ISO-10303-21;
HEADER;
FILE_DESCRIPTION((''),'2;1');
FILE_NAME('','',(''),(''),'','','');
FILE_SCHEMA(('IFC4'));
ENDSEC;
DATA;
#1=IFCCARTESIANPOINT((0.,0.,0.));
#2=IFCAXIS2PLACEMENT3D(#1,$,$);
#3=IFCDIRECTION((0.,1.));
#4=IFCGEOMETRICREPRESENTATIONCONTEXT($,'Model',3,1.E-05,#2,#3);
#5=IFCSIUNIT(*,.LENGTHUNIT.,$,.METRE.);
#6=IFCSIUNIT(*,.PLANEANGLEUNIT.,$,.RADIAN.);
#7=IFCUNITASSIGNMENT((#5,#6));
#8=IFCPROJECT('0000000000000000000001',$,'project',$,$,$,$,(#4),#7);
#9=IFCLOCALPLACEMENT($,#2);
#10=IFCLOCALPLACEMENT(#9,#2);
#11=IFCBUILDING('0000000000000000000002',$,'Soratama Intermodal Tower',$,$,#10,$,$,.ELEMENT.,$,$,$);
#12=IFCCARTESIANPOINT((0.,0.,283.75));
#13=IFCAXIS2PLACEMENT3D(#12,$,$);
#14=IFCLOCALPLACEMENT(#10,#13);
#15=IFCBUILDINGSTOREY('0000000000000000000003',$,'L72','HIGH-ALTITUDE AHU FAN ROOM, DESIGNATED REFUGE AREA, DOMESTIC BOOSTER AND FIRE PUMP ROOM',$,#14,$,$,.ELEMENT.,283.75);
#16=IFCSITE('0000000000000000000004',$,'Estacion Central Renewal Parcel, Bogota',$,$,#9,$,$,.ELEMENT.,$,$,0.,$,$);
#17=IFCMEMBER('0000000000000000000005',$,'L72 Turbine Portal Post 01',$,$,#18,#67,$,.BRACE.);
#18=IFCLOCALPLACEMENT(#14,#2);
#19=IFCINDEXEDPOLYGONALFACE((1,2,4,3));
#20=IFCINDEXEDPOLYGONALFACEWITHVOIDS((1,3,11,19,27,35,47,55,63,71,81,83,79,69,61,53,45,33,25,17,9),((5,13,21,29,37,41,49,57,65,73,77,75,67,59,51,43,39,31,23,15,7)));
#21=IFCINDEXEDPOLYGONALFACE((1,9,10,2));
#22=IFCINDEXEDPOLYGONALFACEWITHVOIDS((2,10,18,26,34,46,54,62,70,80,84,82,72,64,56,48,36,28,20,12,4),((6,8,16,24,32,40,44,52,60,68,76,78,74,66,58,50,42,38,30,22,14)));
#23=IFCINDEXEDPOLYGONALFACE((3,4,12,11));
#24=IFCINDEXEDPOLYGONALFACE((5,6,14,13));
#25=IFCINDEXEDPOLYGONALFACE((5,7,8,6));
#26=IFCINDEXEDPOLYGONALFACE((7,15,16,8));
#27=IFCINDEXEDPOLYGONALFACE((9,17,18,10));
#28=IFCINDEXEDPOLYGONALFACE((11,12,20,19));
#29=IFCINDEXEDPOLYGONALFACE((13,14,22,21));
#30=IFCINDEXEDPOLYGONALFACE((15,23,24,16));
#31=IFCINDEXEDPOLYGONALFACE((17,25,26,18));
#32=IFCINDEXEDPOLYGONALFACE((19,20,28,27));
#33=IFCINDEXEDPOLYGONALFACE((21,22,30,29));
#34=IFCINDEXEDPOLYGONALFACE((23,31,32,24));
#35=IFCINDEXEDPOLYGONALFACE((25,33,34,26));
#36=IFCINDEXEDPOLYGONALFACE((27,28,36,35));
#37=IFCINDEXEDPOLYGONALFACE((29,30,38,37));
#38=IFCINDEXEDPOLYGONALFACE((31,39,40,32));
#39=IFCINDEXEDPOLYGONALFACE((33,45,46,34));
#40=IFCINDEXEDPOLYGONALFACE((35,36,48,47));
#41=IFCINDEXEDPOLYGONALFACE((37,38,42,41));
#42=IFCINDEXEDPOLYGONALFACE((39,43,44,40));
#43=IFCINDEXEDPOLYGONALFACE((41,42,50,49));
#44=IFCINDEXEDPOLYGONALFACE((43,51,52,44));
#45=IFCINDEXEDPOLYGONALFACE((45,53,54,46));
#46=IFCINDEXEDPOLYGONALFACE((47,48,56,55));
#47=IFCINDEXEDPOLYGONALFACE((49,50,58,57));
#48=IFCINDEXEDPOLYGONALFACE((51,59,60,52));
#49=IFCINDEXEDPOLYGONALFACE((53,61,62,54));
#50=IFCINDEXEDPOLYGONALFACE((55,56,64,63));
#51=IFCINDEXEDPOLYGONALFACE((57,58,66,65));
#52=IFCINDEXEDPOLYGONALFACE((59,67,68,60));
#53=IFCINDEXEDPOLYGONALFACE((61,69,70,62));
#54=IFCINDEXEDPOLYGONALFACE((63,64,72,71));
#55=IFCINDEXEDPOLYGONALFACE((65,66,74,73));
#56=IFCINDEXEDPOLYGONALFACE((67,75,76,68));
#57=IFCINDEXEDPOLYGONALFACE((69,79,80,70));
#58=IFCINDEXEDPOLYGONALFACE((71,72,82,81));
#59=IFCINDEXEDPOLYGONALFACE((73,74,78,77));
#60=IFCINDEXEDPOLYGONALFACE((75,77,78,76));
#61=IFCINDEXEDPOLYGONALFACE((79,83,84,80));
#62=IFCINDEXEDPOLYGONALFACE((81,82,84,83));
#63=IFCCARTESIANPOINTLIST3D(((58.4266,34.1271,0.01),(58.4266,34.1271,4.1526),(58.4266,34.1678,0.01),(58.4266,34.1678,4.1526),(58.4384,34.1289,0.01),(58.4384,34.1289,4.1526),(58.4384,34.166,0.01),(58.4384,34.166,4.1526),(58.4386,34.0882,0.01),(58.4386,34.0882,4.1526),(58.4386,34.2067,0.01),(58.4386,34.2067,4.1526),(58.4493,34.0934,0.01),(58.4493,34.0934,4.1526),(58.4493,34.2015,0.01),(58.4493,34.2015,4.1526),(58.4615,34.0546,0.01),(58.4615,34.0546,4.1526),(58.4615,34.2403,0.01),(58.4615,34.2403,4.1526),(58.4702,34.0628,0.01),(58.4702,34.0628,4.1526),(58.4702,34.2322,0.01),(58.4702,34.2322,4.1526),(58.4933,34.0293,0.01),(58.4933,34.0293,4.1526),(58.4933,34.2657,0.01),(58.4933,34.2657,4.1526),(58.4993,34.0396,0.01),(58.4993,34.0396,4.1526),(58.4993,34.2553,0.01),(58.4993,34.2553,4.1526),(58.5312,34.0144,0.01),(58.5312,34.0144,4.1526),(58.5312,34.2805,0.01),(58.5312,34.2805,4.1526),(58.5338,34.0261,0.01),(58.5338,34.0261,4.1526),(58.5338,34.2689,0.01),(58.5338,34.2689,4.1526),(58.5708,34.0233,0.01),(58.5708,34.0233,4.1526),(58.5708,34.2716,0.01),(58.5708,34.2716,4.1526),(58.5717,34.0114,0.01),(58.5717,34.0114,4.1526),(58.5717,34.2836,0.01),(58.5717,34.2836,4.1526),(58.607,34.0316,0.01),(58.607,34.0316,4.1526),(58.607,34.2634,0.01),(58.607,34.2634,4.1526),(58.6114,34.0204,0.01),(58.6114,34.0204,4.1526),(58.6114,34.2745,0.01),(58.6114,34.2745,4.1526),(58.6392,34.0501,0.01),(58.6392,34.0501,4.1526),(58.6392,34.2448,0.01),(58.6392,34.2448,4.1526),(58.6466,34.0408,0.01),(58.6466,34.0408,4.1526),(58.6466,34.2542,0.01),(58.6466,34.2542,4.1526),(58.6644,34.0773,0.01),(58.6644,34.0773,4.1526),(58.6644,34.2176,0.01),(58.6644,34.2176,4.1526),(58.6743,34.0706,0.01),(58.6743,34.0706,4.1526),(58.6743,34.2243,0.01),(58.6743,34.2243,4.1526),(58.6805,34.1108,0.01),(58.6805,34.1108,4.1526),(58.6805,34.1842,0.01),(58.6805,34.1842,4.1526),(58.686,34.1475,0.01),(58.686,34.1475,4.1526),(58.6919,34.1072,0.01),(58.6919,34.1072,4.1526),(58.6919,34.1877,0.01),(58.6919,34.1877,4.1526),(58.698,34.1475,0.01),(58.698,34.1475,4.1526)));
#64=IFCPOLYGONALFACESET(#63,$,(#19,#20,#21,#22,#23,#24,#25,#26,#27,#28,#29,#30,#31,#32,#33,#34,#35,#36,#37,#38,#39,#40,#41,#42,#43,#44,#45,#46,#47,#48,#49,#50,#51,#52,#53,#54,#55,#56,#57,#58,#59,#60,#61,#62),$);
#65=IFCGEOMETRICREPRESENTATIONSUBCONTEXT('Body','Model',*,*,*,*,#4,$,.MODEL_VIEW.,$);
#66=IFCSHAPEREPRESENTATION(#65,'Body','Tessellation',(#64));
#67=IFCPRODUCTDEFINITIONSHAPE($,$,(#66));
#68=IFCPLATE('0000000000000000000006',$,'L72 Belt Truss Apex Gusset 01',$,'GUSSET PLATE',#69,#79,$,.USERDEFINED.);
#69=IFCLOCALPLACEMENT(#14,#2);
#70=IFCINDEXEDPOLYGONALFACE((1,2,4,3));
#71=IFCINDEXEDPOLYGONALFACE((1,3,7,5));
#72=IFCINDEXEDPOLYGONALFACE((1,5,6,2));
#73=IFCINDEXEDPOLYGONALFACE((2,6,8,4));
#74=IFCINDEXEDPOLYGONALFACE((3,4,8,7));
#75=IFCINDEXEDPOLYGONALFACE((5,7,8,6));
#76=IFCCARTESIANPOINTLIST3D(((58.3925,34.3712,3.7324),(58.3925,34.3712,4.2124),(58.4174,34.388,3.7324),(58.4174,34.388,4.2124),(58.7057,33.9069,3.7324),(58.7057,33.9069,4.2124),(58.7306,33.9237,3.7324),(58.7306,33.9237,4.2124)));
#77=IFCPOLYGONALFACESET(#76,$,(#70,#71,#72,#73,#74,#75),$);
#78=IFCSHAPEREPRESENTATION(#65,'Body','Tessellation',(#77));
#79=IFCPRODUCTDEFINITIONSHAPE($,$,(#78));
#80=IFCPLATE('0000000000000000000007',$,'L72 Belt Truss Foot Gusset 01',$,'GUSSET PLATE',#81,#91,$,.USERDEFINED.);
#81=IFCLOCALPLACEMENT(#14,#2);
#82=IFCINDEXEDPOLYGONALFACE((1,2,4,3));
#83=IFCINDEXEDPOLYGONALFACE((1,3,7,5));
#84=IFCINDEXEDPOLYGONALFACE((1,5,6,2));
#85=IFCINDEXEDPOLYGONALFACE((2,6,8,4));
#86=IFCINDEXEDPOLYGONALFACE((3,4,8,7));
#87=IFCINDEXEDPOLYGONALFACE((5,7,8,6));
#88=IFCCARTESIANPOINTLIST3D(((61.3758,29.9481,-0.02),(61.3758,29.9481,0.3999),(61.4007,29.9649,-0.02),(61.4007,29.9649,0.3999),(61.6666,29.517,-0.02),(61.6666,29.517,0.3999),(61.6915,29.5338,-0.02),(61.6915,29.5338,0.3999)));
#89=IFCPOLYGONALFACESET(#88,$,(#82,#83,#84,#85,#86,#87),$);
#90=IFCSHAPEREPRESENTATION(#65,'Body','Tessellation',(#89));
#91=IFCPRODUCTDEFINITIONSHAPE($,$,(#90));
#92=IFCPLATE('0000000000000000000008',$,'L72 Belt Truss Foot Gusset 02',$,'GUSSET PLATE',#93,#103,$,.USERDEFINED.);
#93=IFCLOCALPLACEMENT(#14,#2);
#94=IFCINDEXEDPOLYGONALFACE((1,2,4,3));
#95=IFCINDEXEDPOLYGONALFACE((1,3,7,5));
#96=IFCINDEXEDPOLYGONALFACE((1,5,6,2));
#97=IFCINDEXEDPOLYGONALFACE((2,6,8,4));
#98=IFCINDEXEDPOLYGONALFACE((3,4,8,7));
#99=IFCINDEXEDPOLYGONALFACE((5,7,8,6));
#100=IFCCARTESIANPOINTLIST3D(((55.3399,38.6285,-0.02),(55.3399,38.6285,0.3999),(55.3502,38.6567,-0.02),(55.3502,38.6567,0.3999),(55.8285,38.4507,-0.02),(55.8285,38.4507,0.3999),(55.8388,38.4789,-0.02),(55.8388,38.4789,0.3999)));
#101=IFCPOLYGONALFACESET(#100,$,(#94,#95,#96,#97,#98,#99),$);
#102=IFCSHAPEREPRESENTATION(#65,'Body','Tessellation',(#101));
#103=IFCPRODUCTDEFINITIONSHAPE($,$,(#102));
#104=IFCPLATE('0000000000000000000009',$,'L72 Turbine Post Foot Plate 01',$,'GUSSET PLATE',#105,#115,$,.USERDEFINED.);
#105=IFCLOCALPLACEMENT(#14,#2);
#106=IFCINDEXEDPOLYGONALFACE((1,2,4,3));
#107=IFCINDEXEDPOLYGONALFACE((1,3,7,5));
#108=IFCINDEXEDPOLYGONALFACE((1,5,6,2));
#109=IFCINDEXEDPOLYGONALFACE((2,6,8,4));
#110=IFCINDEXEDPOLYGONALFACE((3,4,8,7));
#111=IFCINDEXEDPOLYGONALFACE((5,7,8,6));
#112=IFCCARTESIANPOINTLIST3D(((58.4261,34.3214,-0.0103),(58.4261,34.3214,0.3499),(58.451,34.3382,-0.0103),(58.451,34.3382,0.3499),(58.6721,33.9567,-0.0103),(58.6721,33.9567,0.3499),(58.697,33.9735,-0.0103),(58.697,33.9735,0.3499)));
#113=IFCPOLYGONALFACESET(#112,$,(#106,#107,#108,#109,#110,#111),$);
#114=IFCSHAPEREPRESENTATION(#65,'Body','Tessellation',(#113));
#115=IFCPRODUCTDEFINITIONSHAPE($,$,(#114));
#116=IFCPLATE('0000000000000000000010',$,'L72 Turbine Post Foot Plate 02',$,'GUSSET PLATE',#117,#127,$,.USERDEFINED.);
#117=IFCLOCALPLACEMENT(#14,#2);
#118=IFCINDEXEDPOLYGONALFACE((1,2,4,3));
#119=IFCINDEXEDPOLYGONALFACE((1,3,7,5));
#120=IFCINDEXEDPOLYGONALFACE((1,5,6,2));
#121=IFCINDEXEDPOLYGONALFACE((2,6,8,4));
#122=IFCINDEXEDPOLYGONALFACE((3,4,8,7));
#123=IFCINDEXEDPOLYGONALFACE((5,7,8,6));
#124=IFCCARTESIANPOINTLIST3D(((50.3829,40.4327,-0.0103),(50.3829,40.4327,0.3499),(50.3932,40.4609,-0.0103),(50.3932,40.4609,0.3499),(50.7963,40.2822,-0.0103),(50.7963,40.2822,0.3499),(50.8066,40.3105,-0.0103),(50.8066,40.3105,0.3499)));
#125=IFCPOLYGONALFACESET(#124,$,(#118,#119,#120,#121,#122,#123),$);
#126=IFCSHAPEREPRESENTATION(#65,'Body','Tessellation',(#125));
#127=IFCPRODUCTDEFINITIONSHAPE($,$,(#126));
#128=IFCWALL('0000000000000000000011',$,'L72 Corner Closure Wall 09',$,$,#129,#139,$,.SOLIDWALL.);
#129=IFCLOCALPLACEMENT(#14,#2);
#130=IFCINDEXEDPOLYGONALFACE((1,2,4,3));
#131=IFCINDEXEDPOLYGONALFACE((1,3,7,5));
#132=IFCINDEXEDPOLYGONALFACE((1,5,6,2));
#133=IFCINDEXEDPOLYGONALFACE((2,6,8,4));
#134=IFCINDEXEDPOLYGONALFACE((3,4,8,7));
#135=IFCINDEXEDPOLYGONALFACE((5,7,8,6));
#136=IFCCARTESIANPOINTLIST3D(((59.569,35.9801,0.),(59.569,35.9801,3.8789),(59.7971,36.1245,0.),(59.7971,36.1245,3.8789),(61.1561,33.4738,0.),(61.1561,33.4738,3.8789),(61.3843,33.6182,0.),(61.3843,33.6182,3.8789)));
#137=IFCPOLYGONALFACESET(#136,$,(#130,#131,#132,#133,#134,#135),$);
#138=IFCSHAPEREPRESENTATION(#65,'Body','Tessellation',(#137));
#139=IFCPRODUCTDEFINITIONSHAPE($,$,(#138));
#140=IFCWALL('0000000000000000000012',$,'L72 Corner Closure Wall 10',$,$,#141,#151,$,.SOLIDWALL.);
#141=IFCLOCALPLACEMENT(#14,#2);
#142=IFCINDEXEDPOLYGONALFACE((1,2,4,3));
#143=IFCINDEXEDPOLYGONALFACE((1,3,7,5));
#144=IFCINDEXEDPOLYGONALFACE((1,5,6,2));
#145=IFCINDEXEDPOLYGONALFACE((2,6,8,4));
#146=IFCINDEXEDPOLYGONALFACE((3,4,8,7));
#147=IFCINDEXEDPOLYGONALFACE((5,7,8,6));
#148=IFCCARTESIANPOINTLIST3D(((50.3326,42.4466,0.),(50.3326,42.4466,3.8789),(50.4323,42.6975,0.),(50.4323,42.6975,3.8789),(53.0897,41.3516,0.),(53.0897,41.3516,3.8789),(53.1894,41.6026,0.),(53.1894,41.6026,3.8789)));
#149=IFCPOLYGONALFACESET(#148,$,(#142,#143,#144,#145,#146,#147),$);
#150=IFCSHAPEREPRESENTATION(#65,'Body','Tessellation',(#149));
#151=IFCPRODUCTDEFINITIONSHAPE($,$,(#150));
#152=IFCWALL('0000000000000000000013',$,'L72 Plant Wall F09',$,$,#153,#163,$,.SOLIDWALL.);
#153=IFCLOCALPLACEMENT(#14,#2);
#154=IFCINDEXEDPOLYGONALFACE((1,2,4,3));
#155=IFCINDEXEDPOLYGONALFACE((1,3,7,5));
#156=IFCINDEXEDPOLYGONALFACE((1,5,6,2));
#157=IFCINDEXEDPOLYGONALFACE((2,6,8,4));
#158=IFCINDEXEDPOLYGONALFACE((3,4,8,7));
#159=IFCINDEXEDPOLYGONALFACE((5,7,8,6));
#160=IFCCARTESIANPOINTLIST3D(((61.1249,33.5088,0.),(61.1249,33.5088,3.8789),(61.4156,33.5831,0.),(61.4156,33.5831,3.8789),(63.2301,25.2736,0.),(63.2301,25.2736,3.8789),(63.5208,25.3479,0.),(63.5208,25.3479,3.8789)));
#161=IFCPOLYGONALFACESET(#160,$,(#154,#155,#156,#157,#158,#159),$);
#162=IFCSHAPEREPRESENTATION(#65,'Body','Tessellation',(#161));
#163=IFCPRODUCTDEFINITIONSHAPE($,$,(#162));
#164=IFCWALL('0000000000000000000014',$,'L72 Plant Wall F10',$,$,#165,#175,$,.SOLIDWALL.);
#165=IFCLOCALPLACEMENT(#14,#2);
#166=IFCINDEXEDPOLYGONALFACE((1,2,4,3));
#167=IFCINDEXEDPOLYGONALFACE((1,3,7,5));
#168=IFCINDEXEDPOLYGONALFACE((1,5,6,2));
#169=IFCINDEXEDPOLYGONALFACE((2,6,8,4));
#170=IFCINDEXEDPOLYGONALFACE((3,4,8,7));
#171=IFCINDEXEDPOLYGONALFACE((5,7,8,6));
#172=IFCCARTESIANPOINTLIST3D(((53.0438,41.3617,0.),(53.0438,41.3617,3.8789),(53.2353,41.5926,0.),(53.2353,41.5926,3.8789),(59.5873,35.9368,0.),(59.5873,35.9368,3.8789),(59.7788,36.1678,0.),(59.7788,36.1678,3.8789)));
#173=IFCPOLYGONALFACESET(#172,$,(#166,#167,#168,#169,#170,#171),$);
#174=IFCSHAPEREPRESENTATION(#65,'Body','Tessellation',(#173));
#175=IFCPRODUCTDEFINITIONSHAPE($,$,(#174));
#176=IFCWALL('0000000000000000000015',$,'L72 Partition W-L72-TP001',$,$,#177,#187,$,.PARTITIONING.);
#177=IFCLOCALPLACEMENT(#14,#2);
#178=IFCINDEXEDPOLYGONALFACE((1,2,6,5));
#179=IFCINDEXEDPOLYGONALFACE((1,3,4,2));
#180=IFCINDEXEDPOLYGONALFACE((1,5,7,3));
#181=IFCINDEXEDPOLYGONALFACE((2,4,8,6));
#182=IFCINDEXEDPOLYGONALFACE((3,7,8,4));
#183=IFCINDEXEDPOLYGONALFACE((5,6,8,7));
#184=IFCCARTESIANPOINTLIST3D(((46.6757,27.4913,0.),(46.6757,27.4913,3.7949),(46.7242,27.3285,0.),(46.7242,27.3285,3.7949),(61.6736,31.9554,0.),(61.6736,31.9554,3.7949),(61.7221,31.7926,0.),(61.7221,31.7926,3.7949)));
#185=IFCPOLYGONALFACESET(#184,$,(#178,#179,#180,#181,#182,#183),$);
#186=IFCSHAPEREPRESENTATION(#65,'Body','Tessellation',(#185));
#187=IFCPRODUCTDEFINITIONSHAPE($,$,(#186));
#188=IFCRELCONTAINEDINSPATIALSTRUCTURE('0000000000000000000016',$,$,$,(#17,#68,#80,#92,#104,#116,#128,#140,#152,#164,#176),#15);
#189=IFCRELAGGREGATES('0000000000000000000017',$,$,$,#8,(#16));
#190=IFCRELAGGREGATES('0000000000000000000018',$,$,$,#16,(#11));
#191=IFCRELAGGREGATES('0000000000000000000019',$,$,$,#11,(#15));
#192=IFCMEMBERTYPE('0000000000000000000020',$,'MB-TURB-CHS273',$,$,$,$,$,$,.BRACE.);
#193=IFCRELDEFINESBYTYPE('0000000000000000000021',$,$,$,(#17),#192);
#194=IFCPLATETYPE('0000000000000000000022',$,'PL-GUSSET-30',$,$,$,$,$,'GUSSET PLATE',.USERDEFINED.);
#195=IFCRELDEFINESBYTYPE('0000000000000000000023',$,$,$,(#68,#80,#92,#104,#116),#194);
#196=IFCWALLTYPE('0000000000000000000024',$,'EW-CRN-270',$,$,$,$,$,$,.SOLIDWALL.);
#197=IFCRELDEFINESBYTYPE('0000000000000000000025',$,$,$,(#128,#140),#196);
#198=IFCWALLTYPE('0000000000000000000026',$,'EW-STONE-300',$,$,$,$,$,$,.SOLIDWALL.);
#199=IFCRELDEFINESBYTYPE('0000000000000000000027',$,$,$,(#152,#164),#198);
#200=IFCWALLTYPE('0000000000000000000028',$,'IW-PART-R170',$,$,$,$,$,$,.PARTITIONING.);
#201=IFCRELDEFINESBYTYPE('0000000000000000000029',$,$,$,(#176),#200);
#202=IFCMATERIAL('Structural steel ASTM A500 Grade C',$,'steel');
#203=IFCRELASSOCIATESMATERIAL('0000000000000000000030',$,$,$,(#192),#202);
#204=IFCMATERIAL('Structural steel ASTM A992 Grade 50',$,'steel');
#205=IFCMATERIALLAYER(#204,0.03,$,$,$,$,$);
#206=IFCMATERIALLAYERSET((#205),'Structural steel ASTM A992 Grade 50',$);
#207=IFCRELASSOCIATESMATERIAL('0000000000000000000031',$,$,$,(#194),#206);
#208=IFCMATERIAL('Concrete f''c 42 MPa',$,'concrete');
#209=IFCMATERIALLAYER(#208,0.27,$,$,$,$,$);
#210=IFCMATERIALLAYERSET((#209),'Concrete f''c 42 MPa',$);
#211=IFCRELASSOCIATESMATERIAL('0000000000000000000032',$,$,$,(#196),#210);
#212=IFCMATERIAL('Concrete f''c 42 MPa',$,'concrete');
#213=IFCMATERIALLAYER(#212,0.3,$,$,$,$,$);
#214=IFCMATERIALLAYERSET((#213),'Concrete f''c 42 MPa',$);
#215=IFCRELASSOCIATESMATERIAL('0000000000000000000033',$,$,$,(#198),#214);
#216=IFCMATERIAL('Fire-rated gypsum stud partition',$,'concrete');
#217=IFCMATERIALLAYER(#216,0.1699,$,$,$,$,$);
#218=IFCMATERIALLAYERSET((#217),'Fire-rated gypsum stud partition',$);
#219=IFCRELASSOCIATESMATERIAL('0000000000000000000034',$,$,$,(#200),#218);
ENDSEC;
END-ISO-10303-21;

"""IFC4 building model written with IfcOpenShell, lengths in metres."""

from ifc_helpers import new_model, si_unit, direction, frame, frame_2d, origin, origin_2d, place, context, subcontext, project, spatial, rectangle, hollow_circle, extrude, material, layer, layer_set, material_profile, profile_set, type_object, element, save


model = new_model("IFC4")

# Units and contexts
model_context = context("Model", 3, precision=1e-05, world=origin(), true_north=direction((0.0, 1.0)))
body_context = subcontext(model_context, "Body", "Model", "MODEL_VIEW")
ifc_project = project(units=[si_unit("LENGTHUNIT", "METRE"), si_unit("PLANEANGLEUNIT", "RADIAN")], contexts=[model_context])

# Site, building, storey
site_placement = place(None, origin())
site = spatial("IfcSite", under=ifc_project, at=site_placement, Name="Estacion Central Renewal Parcel, Bogota", CompositionType="ELEMENT", RefElevation=0.0)
building_placement = place(site_placement, origin())
building = spatial("IfcBuilding", under=site, at=building_placement, Name="Soratama Intermodal Tower", CompositionType="ELEMENT")
storey_placement = place(building_placement, frame((0.0, 0.0, 283.75)))
storey = spatial("IfcBuildingStorey", under=building, at=storey_placement, Name="L72", Description="HIGH-ALTITUDE AHU FAN ROOM, DESIGNATED REFUGE AREA, DOMESTIC BOOSTER AND FIRE PUMP ROOM", CompositionType="ELEMENT", Elevation=283.75)

# Member
ifc_material_1 = material(Name="Structural steel ASTM A500 Grade C", Category="steel")
ifc_material_profile_1 = material_profile(ifc_material_1, hollow_circle(Radius=0.1365, WallThickness=0.012, at=origin_2d()), Name="CHS273X12")
ifc_profile_set_1 = profile_set([ifc_material_profile_1], Name="Structural steel ASTM A500 Grade C")
member_type_1 = type_object("IfcMemberType", Name="MB-TURB-CHS273", PredefinedType="BRACE", material=ifc_profile_set_1)
member_placement = place(storey_placement, frame((58.5615, 34.1475, 0.01), z_axis=(0.0, 0.0, 1.0), x_axis=(1.0, 0.0, 0.0)))
element("IfcMember", 1, at=member_placement, inside=storey, type_object=member_type_1, Name="L72 Turbine Portal Post 01", PredefinedType="BRACE", context=body_context, shape_type="SweptSolid", body=[
    extrude(hollow_circle(Radius=0.1365, WallThickness=0.012, at=origin_2d()), origin(), (0.0, 0.0, 1.0), 4.1426),
])

# Plates
ifc_material_2 = material(Name="Structural steel ASTM A992 Grade 50", Category="steel")
ifc_layer_1 = layer(ifc_material_2, 0.03)
ifc_layer_set_1 = layer_set([ifc_layer_1], Name="Structural steel ASTM A992 Grade 50")
plate_type = type_object("IfcPlateType", Name="PL-GUSSET-30", ElementType="GUSSET PLATE", PredefinedType="USERDEFINED", material=ifc_layer_set_1)
plate_placement = place(storey_placement, frame((58.5615, 34.1475, 3.7324), z_axis=(0.0, 0.0, 1.0), x_axis=(-0.559193, 0.829038, 0.0)))
element("IfcPlate", 2, at=plate_placement, inside=storey, type_object=plate_type, Name="L72 Belt Truss Apex Gusset 01", ObjectType="GUSSET PLATE", PredefinedType="USERDEFINED", context=body_context, shape_type="SweptSolid", body=[
    extrude(rectangle(XDim=0.5601, YDim=0.03, at=origin_2d()), origin(), (0.0, 0.0, 1.0), 0.48),
])
for number, where, z_axis, x_axis, name in (
    (3, (61.5337, 29.741, -0.02), (0.0, 0.0, 1.0), (-0.559193, 0.829038, 0.0), "L72 Belt Truss Foot Gusset 01"),
    (4, (55.5894, 38.5537, -0.02), (0.0, 0.0, 1.0), (-0.939693, 0.34202, 0.0), "L72 Belt Truss Foot Gusset 02"),
):
    element("IfcPlate", number, at=place(storey_placement, frame(where, z_axis=z_axis, x_axis=x_axis)), inside=storey, type_object=plate_type, Name=name, ObjectType="GUSSET PLATE", PredefinedType="USERDEFINED", context=body_context, shape_type="SweptSolid", body=[
        extrude(rectangle(XDim=0.52, YDim=0.03, at=origin_2d()), origin(), (0.0, 0.0, 1.0), 0.4199),
    ])
for number, where, z_axis, x_axis, name in (
    (5, (58.5615, 34.1475, -0.0103), (0.0, 0.0, 1.0), (-0.559193, 0.829038, 0.0), "L72 Turbine Post Foot Plate 01"),
    (6, (50.5947, 40.3716, -0.0103), (0.0, 0.0, 1.0), (-0.939693, 0.34202, 0.0), "L72 Turbine Post Foot Plate 02"),
):
    element("IfcPlate", number, at=place(storey_placement, frame(where, z_axis=z_axis, x_axis=x_axis)), inside=storey, type_object=plate_type, Name=name, ObjectType="GUSSET PLATE", PredefinedType="USERDEFINED", context=body_context, shape_type="SweptSolid", body=[
        extrude(rectangle(XDim=0.4399, YDim=0.03, at=origin_2d()), origin(), (0.0, 0.0, 1.0), 0.3601),
    ])

# Walls
ifc_material_3 = material(Name="Concrete f'c 42 MPa", Category="concrete")
ifc_layer_2 = layer(ifc_material_3, 0.27)
ifc_layer_set_2 = layer_set([ifc_layer_2], Name="Concrete f'c 42 MPa")
wall_type_1 = type_object("IfcWallType", Name="EW-CRN-270", PredefinedType="SOLIDWALL", material=ifc_layer_set_2)
for number, where, z_axis, x_axis, name in (
    (7, (61.2703, 33.5459, 0.0), (0.0, 0.0, 1.0), (-0.535005, 0.844849, 0.0), "L72 Corner Closure Wall 09"),
    (8, (53.1396, 41.4771, 0.0), (0.0, 0.0, 1.0), (-0.929388, 0.369105, 0.0), "L72 Corner Closure Wall 10"),
):
    element("IfcWall", number, at=place(storey_placement, frame(where, z_axis=z_axis, x_axis=x_axis)), inside=storey, type_object=wall_type_1, Name=name, PredefinedType="SOLIDWALL", context=body_context, shape_type="SweptSolid", body=[
        extrude(rectangle(XDim=2.9666, YDim=0.27, at=frame_2d((1.4834, 0.0))), origin(), (0.0, 0.0, 1.0), 3.8789),
    ])
ifc_material_4 = material(Name="Concrete f'c 42 MPa", Category="concrete")
ifc_layer_3 = layer(ifc_material_4, 0.3)
ifc_layer_set_3 = layer_set([ifc_layer_3], Name="Concrete f'c 42 MPa")
wall_type_2 = type_object("IfcWallType", Name="EW-STONE-300", PredefinedType="SOLIDWALL", material=ifc_layer_set_3)
wall_1_placement = place(storey_placement, frame((63.3755, 25.3108, 0.0), z_axis=(0.0, 0.0, 1.0), x_axis=(-0.247675, 0.968843, 0.0)))
element("IfcWall", 9, at=wall_1_placement, inside=storey, type_object=wall_type_2, Name="L72 Plant Wall F09", PredefinedType="SOLIDWALL", context=body_context, shape_type="SweptSolid", body=[
    extrude(rectangle(XDim=8.5, YDim=0.3, at=frame_2d((4.25, 0.0))), origin(), (0.0, 0.0, 1.0), 3.8789),
])
wall_2_placement = place(storey_placement, frame((59.6831, 36.0522, 0.0), z_axis=(0.0, 0.0, 1.0), x_axis=(-0.769843, 0.638233, 0.0)))
element("IfcWall", 10, at=wall_2_placement, inside=storey, type_object=wall_type_2, Name="L72 Plant Wall F10", PredefinedType="SOLIDWALL", context=body_context, shape_type="SweptSolid", body=[
    extrude(rectangle(XDim=8.4998, YDim=0.3, at=frame_2d((4.25, 0.0))), origin(), (0.0, 0.0, 1.0), 3.8789),
])
ifc_material_5 = material(Name="Fire-rated gypsum stud partition", Category="concrete")
ifc_layer_4 = layer(ifc_material_5, 0.1699)
ifc_layer_set_4 = layer_set([ifc_layer_4], Name="Fire-rated gypsum stud partition")
wall_type_3 = type_object("IfcWallType", Name="IW-PART-R170", PredefinedType="PARTITIONING", material=ifc_layer_set_4)
wall_3_placement = place(storey_placement, frame((61.698, 31.874, 0.0), z_axis=(0.0, 0.0, 1.0), x_axis=(-0.958445, -0.285277, 0.0)))
element("IfcWall", 11, at=wall_3_placement, inside=storey, type_object=wall_type_3, Name="L72 Partition W-L72-TP001", PredefinedType="PARTITIONING", context=body_context, shape_type="SweptSolid", body=[
    extrude(rectangle(XDim=15.6482, YDim=0.1699, at=frame_2d((7.8242, 0.0))), origin(), (0.0, 0.0, 1.0), 3.7949),
])

save(model, "model.ifc")
